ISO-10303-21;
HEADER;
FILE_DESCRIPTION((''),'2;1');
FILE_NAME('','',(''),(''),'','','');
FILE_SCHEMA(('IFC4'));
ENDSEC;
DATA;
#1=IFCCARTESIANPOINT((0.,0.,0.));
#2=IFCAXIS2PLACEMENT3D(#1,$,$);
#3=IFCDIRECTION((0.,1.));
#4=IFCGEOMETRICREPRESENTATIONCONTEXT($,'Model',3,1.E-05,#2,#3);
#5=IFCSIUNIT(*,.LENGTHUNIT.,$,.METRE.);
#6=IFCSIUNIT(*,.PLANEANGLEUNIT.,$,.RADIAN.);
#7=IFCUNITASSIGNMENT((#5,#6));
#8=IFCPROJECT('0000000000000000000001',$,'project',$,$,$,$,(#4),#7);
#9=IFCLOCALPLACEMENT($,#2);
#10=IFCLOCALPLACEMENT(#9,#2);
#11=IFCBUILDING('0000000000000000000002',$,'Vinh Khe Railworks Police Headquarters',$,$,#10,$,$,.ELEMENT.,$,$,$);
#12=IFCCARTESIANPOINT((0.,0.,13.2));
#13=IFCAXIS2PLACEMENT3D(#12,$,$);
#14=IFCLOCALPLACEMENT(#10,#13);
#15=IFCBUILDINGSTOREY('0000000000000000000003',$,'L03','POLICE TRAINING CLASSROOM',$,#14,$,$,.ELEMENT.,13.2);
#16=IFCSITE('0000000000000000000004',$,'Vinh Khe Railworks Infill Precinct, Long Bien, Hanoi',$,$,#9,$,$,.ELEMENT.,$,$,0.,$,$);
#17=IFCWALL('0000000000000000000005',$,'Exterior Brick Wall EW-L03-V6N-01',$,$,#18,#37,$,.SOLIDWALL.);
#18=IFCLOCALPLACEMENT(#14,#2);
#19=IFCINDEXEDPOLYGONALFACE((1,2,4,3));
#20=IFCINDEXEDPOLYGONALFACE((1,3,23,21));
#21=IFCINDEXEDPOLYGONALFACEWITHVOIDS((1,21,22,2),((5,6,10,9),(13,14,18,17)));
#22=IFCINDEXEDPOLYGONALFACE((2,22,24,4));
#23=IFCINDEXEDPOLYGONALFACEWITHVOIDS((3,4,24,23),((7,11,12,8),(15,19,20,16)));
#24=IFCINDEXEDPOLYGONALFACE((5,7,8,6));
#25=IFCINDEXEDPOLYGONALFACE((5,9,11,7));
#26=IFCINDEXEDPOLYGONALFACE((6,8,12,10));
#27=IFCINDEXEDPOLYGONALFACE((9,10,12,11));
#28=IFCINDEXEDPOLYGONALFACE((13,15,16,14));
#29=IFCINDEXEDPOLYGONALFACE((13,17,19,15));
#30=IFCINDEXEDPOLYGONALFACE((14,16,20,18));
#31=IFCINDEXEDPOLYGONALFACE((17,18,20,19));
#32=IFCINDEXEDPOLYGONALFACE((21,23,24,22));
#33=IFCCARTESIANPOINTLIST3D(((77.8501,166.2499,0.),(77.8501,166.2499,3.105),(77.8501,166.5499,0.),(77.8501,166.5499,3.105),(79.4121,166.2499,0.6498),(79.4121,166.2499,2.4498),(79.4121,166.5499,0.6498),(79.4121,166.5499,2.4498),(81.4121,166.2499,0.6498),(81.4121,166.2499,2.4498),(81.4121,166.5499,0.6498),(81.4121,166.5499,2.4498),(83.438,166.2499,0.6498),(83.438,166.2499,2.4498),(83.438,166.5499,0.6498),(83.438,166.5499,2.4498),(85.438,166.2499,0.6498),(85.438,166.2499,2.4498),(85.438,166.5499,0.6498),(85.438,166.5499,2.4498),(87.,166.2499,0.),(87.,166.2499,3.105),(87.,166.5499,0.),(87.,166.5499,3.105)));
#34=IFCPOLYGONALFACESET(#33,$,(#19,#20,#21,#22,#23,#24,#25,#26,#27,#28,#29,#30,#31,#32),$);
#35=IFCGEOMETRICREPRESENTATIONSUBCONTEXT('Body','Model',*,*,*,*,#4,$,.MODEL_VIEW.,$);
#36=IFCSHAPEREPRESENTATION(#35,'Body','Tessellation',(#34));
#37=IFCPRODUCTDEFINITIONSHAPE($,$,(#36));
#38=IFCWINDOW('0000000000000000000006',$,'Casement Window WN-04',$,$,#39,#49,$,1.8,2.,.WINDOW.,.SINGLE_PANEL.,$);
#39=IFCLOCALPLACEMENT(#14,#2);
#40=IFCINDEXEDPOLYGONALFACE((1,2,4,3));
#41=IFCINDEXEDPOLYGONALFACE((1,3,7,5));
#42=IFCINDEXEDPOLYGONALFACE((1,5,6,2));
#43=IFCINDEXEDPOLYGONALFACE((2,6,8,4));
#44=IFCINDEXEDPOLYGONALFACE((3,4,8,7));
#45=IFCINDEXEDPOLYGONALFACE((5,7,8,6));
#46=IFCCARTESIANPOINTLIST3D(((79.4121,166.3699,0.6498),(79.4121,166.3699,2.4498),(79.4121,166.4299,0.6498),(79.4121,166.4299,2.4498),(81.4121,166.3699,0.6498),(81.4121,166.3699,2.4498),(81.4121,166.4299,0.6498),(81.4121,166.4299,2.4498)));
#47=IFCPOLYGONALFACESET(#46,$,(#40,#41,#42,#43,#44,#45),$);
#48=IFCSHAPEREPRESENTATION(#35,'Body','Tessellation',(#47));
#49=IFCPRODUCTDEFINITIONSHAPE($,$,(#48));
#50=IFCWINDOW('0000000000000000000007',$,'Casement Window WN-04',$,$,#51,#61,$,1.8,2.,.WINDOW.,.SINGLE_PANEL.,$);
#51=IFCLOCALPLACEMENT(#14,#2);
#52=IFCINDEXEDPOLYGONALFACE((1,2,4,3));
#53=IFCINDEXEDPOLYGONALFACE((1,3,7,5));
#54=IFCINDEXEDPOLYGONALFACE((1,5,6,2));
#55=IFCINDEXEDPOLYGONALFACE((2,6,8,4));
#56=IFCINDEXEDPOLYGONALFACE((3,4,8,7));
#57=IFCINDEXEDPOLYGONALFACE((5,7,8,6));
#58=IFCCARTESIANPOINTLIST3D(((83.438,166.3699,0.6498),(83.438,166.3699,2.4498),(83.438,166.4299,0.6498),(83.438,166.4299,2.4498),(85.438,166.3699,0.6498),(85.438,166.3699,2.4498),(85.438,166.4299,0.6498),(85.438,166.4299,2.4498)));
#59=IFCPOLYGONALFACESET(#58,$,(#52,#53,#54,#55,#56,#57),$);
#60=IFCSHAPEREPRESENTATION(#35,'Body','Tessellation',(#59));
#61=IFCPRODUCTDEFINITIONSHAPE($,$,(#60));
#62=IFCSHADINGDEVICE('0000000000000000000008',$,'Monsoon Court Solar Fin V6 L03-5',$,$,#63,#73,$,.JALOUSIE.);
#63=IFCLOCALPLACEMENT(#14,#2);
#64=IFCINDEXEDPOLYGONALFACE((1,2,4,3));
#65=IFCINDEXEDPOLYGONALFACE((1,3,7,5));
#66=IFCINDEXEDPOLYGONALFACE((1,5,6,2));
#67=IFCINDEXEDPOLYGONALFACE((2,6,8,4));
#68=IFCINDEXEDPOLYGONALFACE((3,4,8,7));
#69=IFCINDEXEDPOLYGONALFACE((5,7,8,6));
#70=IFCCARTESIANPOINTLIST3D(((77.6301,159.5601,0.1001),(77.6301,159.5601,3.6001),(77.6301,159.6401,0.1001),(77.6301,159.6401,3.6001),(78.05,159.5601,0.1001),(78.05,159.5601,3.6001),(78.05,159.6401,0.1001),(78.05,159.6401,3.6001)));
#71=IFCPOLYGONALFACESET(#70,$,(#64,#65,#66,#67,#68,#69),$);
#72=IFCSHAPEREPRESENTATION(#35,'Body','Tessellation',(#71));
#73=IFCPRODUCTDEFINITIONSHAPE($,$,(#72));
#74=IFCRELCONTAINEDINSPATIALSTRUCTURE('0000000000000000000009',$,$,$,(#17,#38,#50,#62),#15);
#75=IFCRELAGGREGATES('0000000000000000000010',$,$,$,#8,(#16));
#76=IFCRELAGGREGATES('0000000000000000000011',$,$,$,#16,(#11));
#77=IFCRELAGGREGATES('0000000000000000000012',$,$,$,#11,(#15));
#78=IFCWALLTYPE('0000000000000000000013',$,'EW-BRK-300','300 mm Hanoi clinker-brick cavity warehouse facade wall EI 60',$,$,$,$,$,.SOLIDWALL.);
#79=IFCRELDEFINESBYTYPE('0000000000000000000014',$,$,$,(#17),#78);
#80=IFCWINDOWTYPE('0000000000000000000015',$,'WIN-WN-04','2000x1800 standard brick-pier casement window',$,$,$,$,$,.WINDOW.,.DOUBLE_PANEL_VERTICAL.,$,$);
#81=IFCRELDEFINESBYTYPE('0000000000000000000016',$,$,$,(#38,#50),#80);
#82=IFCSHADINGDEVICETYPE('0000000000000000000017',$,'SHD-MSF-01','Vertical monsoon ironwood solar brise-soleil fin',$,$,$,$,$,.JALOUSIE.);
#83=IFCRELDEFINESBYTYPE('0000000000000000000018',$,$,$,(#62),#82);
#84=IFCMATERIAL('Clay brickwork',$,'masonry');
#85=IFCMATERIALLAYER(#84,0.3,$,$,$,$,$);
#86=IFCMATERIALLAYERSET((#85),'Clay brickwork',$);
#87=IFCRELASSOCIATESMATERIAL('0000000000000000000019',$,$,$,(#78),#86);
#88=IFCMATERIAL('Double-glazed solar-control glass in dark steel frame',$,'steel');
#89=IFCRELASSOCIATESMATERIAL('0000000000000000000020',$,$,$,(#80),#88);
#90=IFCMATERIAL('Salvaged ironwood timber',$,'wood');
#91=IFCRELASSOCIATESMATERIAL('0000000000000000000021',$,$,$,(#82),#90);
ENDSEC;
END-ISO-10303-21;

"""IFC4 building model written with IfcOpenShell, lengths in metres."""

from ifc_helpers import new_model, si_unit, direction, frame, frame_2d, origin, origin_2d, place, context, subcontext, project, spatial, rectangle, extrude, material, layer, layer_set, type_object, element, fill, save


model = new_model("IFC4")

# Units and contexts
model_context = context("Model", 3, precision=1e-05, world=origin(), true_north=direction((0.0, 1.0)))
body_context = subcontext(model_context, "Body", "Model", "MODEL_VIEW")
ifc_project = project(units=[si_unit("LENGTHUNIT", "METRE"), si_unit("PLANEANGLEUNIT", "RADIAN")], contexts=[model_context])

# Site, building, storey
site_placement = place(None, origin())
site = spatial("IfcSite", under=ifc_project, at=site_placement, Name="Vinh Khe Railworks Infill Precinct, Long Bien, Hanoi", CompositionType="ELEMENT", RefElevation=0.0)
building_placement = place(site_placement, origin())
building = spatial("IfcBuilding", under=site, at=building_placement, Name="Vinh Khe Railworks Police Headquarters", CompositionType="ELEMENT")
storey_placement = place(building_placement, frame((0.0, 0.0, 13.2)))
storey = spatial("IfcBuildingStorey", under=building, at=storey_placement, Name="L03", Description="POLICE TRAINING CLASSROOM", CompositionType="ELEMENT", Elevation=13.2)

# Shared definitions
ifc_material_1 = material(Name="Clay brickwork", Category="masonry")
ifc_material_2 = material(Name="Double-glazed solar-control glass in dark steel frame", Category="steel")

# Wall, openings, windows
ifc_layer_1 = layer(ifc_material_1, 0.3)
ifc_layer_set_1 = layer_set([ifc_layer_1], Name="Clay brickwork")
wall_type_1 = type_object("IfcWallType", Name="EW-BRK-300", Description="300 mm Hanoi clinker-brick cavity warehouse facade wall EI 60", PredefinedType="SOLIDWALL", material=ifc_layer_set_1)
wall_1_placement = place(storey_placement, frame((77.8501, 166.3999, 0.0), z_axis=(0.0, 0.0, 1.0), x_axis=(1.0, 0.0, 0.0)))
wall_1 = element("IfcWall", 1, at=wall_1_placement, inside=storey, type_object=wall_type_1, Name="Exterior Brick Wall EW-L03-V6N-01", PredefinedType="SOLIDWALL", context=body_context, shape_type="SweptSolid", body=[
    extrude(rectangle(XDim=9.1499, YDim=0.3, at=frame_2d((4.575, 0.0))), origin(), (0.0, 0.0, 1.0), 3.105),
])
opening_1_placement = place(wall_1_placement, frame((1.562, 0.0, 0.6499)))
opening_1 = element("IfcOpeningElement", 2, at=opening_1_placement, cuts=wall_1, PredefinedType="OPENING", context=body_context, shape_type="SweptSolid", body=[
    extrude(rectangle(XDim=2.0, YDim=1.8, at=frame_2d((1.0, 0.8999))), frame((0.0, 0.165, 0.0), z_axis=(0.0, -1.0, 0.0), x_axis=(1.0, 0.0, 0.0)), (0.0, 0.0, 1.0), 0.3298),
])
opening_2_placement = place(wall_1_placement, frame((5.5879, 0.0, 0.6499)))
opening_2 = element("IfcOpeningElement", 3, at=opening_2_placement, cuts=wall_1, PredefinedType="OPENING", context=body_context, shape_type="SweptSolid", body=[
    extrude(rectangle(XDim=2.0, YDim=1.8, at=frame_2d((1.0, 0.8999))), frame((0.0, 0.165, 0.0), z_axis=(0.0, -1.0, 0.0), x_axis=(1.0, 0.0, 0.0)), (0.0, 0.0, 1.0), 0.3298),
])
window_type_1 = type_object("IfcWindowType", Name="WIN-WN-04", Description="2000x1800 standard brick-pier casement window", PartitioningType="DOUBLE_PANEL_VERTICAL", PredefinedType="WINDOW", material=ifc_material_2)
window_1_placement = place(opening_1_placement, origin())
window_1 = element("IfcWindow", 4, at=window_1_placement, inside=storey, type_object=window_type_1, Name="Casement Window WN-04", OverallHeight=1.8, OverallWidth=2.0, PartitioningType="SINGLE_PANEL", PredefinedType="WINDOW", context=body_context, shape_type="SweptSolid", body=[
    extrude(rectangle(XDim=2.0, YDim=1.8, at=frame_2d((1.0, 0.8999))), frame((0.0, 0.03, 0.0), z_axis=(0.0, -1.0, 0.0), x_axis=(1.0, 0.0, 0.0)), (0.0, 0.0, 1.0), 0.0601),
])
fill(opening_1, window_1)
window_2_placement = place(opening_2_placement, origin())
window_2 = element("IfcWindow", 5, at=window_2_placement, inside=storey, type_object=window_type_1, Name="Casement Window WN-04", OverallHeight=1.8, OverallWidth=2.0, PartitioningType="SINGLE_PANEL", PredefinedType="WINDOW", context=body_context, shape_type="SweptSolid", body=[
    extrude(rectangle(XDim=2.0, YDim=1.8, at=frame_2d((1.0, 0.8999))), frame((0.0, 0.03, 0.0), z_axis=(0.0, -1.0, 0.0), x_axis=(1.0, 0.0, 0.0)), (0.0, 0.0, 1.0), 0.0601),
])
fill(opening_2, window_2)

# Shading device
ifc_material_3 = material(Name="Salvaged ironwood timber", Category="wood")
shading_device_type = type_object("IfcShadingDeviceType", Name="SHD-MSF-01", Description="Vertical monsoon ironwood solar brise-soleil fin", PredefinedType="JALOUSIE", material=ifc_material_3)
shading_device_placement = place(storey_placement, frame((77.8401, 159.6001, 0.1001), z_axis=(0.0, 0.0, 1.0), x_axis=(1.0, 0.0, 0.0)))
element("IfcShadingDevice", 6, at=shading_device_placement, inside=storey, type_object=shading_device_type, Name="Monsoon Court Solar Fin V6 L03-5", PredefinedType="JALOUSIE", context=body_context, shape_type="SweptSolid", body=[
    extrude(rectangle(XDim=0.4199, YDim=0.0801, at=origin_2d()), origin(), (0.0, 0.0, 1.0), 3.5),
])

save(model, "model.ifc")
